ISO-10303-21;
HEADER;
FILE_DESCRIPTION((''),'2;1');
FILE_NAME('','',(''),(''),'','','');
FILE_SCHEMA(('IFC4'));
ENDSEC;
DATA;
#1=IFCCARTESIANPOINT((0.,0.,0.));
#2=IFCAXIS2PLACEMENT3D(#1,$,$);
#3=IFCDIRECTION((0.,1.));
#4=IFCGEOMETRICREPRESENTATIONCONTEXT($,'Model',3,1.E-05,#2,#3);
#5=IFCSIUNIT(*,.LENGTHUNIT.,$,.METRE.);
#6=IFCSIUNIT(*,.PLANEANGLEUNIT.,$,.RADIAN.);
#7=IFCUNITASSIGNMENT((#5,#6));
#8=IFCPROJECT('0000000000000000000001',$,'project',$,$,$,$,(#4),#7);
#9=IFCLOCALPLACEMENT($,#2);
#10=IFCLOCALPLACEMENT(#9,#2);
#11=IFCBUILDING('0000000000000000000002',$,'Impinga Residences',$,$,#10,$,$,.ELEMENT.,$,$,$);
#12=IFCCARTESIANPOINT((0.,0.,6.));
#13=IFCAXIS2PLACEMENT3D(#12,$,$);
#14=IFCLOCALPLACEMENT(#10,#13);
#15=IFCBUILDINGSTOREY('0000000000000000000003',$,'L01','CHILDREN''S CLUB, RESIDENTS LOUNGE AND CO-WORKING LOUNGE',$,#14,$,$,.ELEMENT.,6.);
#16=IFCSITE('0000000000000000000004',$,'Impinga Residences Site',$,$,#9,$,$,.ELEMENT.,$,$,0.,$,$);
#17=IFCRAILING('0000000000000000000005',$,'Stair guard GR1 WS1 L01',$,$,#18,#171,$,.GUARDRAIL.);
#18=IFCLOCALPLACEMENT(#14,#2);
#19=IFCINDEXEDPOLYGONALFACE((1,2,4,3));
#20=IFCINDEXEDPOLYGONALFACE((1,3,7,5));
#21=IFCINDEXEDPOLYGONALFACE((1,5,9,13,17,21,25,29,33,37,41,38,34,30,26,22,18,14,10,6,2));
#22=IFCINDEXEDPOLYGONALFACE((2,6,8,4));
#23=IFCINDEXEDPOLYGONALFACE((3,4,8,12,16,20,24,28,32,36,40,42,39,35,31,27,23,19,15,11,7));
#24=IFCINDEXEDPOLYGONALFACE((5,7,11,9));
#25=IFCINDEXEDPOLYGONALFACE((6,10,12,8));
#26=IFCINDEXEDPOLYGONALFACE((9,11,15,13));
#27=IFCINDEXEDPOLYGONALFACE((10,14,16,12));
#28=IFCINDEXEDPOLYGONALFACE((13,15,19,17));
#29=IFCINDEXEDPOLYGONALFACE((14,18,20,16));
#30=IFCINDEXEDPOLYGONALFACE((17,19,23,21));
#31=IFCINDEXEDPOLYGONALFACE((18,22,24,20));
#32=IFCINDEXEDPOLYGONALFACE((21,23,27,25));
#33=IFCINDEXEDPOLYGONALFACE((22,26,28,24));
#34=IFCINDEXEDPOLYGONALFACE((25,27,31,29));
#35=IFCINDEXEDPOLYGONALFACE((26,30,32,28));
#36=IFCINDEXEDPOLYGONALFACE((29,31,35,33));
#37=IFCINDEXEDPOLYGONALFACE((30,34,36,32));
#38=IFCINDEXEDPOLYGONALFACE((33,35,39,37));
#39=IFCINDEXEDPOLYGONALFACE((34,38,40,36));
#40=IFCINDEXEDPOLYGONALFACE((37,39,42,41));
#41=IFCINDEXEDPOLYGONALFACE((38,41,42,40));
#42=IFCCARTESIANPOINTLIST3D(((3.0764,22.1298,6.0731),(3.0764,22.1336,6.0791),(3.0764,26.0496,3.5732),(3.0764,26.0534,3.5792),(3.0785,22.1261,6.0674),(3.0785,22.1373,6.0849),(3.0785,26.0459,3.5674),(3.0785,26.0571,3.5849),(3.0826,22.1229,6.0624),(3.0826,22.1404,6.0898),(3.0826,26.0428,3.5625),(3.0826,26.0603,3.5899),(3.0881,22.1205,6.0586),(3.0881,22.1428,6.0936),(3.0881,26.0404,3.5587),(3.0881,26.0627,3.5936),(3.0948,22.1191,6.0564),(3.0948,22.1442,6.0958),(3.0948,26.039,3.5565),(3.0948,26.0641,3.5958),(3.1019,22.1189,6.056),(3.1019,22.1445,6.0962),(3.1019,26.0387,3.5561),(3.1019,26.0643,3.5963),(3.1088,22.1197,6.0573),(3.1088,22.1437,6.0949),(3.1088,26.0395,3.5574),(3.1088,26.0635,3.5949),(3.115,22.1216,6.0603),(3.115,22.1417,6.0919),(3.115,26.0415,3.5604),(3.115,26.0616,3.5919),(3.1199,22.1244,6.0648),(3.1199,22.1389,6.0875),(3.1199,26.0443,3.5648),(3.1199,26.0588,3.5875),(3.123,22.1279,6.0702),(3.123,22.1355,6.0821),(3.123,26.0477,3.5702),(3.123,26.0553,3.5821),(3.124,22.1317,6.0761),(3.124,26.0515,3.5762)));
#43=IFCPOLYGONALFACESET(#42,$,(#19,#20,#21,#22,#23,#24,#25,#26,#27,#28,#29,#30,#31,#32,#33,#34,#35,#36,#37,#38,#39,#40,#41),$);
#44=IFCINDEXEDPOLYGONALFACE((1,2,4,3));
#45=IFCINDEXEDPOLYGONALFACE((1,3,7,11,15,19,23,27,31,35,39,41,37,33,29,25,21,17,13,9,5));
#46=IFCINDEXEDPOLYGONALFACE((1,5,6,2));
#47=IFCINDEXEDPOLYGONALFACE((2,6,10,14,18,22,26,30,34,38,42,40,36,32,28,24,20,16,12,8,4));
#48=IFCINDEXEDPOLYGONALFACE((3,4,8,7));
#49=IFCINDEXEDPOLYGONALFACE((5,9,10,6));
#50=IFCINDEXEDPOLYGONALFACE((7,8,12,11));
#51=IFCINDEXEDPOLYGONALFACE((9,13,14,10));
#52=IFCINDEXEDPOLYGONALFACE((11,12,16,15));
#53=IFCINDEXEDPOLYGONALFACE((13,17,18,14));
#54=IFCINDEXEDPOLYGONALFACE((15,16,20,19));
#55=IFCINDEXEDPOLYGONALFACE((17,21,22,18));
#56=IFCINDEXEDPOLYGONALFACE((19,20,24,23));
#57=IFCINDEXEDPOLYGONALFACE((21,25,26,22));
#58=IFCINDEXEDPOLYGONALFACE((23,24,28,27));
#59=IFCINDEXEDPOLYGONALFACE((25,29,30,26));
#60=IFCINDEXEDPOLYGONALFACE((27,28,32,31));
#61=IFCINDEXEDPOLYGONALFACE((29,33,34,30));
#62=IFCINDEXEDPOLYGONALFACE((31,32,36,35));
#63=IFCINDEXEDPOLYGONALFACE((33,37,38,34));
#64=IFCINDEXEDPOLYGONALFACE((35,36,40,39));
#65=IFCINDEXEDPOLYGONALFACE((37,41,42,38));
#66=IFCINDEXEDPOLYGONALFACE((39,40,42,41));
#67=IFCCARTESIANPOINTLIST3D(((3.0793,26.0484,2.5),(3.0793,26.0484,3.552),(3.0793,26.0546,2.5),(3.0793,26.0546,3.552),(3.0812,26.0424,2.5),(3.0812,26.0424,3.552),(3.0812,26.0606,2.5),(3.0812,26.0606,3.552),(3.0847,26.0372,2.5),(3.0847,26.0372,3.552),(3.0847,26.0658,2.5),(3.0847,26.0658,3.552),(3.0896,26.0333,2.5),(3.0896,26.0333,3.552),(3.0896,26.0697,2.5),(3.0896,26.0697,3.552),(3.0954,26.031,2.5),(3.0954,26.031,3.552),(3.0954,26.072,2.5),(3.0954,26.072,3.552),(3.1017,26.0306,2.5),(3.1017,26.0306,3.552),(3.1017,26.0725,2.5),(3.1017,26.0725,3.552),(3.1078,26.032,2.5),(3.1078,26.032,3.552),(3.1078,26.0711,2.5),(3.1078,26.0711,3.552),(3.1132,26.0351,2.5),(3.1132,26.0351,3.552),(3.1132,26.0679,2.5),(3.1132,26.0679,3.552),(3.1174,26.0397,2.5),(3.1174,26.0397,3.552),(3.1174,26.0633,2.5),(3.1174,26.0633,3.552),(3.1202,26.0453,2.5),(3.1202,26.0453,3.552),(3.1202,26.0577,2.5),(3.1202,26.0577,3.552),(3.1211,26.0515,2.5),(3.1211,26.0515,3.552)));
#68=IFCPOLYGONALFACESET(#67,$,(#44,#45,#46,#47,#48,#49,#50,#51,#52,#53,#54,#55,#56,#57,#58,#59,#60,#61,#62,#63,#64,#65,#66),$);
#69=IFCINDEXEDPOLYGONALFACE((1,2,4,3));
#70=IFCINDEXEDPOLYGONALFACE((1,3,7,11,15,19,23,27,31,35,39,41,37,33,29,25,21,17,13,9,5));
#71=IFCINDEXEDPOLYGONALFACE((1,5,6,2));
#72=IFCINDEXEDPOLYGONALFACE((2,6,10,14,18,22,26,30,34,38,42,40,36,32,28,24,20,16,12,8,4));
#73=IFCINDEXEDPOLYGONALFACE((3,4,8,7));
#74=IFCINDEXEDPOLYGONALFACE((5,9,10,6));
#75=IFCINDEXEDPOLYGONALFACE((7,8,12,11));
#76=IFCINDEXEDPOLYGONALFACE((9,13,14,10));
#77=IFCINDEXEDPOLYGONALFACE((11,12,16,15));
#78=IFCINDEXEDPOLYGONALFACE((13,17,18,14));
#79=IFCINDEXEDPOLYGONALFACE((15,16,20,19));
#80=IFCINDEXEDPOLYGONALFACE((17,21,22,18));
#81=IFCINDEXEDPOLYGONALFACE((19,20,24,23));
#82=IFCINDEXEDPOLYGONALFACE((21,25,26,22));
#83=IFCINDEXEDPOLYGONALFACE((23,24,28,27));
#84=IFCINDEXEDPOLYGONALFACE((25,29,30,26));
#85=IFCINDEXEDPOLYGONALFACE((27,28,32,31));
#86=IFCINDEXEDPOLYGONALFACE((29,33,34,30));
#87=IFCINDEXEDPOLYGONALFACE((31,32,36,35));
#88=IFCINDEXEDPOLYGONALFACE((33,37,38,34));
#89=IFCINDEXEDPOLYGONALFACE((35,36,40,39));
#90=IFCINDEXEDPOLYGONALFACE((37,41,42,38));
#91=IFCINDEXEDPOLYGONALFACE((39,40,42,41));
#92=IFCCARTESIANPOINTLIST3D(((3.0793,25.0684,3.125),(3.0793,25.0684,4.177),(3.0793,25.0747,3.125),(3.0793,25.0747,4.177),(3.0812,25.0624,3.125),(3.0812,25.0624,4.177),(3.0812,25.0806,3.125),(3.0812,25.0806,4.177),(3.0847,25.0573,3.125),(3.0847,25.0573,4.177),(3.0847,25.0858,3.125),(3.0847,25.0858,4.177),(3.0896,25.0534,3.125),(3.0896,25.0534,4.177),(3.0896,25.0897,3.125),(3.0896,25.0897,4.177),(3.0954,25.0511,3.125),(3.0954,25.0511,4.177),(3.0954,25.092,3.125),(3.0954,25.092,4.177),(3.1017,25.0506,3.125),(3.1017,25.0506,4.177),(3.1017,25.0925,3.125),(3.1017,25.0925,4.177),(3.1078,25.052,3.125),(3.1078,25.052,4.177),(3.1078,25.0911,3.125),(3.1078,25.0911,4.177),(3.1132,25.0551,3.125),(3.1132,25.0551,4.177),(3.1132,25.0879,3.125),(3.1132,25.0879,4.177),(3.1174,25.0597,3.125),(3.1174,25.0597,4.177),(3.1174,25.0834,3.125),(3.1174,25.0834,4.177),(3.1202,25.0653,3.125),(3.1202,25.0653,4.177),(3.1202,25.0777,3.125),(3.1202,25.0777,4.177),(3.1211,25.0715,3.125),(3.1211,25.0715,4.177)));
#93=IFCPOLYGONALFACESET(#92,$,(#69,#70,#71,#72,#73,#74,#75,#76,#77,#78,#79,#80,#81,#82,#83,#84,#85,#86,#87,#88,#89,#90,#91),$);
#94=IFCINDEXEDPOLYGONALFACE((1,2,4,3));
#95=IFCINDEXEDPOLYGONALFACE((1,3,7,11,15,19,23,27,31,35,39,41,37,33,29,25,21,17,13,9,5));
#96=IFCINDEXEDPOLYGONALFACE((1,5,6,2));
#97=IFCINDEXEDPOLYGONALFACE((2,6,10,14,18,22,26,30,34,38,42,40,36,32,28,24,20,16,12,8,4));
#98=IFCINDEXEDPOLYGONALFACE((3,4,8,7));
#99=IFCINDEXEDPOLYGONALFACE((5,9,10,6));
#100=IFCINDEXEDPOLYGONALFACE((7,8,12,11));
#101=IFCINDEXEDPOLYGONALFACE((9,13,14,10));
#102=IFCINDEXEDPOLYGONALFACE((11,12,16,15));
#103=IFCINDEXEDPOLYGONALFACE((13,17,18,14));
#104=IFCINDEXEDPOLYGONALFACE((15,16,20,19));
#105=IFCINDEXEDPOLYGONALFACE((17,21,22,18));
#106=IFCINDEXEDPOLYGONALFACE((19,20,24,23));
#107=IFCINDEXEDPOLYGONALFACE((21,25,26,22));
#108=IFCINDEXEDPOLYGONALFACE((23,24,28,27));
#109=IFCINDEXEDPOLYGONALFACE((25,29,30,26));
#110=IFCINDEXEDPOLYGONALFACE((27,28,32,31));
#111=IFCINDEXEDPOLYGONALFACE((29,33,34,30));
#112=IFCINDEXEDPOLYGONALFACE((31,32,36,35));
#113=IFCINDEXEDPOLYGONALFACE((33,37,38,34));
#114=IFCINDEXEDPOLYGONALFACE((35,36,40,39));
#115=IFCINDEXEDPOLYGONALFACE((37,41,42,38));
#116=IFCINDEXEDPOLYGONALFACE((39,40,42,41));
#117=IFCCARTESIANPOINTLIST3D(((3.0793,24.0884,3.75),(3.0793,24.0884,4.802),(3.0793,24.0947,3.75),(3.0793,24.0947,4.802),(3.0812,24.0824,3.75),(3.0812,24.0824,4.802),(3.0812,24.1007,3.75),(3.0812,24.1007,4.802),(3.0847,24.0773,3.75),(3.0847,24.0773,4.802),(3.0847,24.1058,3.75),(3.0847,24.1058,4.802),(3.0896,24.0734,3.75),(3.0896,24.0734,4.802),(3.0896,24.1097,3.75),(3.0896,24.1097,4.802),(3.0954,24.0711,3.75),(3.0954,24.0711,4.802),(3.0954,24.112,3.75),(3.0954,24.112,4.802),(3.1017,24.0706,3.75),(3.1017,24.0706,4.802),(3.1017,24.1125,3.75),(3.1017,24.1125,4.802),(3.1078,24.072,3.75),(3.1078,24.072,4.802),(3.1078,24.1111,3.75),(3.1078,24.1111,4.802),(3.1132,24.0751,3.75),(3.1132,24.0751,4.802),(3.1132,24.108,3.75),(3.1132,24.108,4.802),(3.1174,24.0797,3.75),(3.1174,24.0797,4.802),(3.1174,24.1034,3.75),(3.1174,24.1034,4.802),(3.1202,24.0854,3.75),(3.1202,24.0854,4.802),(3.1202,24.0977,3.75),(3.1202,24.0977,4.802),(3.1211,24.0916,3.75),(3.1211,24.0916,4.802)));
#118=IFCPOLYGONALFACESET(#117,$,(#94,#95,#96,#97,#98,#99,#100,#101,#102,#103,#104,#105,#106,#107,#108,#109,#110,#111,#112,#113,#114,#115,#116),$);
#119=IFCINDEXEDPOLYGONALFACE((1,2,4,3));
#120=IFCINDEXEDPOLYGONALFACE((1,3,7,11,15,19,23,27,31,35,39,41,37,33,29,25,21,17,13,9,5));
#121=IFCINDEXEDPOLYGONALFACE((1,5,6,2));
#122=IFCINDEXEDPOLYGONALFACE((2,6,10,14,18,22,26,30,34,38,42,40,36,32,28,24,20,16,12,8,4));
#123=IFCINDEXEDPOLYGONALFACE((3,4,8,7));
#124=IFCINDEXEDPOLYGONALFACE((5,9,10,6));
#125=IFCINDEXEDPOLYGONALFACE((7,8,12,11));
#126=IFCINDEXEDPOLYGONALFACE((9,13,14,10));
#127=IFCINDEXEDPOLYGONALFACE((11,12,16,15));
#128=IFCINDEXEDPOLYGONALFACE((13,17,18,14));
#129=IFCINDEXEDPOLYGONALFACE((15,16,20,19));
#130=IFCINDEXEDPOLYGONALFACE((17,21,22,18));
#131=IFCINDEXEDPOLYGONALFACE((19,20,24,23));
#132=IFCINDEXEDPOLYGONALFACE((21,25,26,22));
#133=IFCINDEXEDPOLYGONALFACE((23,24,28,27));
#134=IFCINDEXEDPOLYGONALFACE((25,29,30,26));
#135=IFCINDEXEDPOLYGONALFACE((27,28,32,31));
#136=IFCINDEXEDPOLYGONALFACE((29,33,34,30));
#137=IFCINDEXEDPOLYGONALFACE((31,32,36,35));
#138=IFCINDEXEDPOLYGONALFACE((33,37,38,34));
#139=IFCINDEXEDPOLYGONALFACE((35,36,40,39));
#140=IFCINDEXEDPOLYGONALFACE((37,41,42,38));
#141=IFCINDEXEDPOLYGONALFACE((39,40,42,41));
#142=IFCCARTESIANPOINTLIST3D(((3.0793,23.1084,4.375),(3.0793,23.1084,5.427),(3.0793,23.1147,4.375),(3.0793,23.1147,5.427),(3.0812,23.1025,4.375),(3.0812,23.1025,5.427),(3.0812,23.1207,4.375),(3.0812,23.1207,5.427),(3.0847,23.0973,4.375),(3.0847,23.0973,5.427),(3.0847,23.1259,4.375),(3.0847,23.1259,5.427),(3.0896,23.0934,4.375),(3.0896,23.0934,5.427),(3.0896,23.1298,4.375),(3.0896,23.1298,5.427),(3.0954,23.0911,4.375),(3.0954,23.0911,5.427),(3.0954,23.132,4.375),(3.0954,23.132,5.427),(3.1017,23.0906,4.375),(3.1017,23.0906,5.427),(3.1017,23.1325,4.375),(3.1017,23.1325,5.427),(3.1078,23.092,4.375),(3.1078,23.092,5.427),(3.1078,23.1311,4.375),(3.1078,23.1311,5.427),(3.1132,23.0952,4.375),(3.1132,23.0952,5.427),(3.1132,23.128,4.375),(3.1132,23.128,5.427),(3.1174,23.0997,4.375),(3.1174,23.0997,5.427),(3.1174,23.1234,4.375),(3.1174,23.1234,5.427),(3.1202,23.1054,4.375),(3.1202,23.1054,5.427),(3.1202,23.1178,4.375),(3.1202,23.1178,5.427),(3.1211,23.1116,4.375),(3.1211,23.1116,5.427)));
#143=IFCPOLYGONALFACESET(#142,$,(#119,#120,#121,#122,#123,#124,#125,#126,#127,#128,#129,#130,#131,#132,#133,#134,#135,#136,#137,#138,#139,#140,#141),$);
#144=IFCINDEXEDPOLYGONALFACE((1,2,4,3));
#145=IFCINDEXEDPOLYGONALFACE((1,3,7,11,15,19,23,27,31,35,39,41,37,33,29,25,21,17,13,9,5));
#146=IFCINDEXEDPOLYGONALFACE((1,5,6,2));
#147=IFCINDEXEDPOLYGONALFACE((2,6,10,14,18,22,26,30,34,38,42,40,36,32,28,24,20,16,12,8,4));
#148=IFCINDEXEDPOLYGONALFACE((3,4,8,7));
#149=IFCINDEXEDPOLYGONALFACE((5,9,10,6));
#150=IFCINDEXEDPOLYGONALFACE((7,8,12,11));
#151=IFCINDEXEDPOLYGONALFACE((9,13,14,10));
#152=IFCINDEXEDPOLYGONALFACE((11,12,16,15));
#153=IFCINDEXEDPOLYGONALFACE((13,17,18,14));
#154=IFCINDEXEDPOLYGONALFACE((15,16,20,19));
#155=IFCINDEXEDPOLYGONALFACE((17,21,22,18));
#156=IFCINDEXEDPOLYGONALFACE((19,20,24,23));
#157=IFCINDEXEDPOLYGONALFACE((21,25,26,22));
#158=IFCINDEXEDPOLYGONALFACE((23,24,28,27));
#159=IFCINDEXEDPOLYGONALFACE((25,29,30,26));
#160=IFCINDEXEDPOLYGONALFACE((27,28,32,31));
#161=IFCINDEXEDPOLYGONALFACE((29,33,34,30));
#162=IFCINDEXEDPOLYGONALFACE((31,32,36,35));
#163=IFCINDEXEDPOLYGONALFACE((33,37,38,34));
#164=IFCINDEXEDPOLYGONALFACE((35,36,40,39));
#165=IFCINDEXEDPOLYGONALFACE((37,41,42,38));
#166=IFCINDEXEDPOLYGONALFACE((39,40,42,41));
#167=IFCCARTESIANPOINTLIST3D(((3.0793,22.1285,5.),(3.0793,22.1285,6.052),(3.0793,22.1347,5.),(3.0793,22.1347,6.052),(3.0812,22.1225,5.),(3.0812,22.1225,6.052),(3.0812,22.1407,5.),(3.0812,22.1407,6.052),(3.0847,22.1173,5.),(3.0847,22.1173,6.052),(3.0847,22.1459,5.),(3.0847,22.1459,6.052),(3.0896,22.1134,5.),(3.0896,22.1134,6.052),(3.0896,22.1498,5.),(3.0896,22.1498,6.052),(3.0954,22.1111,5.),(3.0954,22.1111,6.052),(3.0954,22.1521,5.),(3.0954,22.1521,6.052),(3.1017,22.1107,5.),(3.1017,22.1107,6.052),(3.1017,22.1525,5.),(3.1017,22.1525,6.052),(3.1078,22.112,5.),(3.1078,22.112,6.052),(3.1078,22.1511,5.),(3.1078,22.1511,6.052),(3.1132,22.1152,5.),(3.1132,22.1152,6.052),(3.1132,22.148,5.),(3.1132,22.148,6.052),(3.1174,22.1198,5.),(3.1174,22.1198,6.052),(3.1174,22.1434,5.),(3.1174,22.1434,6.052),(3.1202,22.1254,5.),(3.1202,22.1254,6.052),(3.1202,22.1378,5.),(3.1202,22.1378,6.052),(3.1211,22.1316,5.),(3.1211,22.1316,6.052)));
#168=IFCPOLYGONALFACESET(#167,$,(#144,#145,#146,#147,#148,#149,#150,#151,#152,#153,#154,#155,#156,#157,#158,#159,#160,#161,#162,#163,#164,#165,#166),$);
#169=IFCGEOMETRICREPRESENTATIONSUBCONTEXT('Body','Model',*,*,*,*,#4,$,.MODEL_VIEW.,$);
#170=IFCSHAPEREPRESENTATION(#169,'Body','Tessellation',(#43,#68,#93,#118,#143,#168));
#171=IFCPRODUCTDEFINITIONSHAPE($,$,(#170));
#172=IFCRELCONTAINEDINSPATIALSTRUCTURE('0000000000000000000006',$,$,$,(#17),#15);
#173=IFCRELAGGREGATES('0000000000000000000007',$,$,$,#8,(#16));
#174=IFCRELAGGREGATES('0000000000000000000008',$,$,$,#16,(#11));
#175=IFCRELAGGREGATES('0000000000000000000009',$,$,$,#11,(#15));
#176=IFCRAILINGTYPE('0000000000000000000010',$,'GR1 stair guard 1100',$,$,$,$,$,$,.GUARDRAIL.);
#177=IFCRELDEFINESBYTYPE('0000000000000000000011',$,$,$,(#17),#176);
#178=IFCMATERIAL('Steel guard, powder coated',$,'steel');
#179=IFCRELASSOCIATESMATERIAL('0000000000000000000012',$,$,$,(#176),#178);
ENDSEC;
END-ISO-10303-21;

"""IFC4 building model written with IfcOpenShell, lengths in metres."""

from ifc_helpers import new_model, si_unit, direction, frame, origin, origin_2d, place, context, subcontext, project, spatial, circle, extrude, material, type_object, element, save


model = new_model("IFC4")

# Units and contexts
model_context = context("Model", 3, precision=1e-05, world=origin(), true_north=direction((0.0, 1.0)))
body_context = subcontext(model_context, "Body", "Model", "MODEL_VIEW")
ifc_project = project(units=[si_unit("LENGTHUNIT", "METRE"), si_unit("PLANEANGLEUNIT", "RADIAN")], contexts=[model_context])

# Site, building, storey
site_placement = place(None, origin())
site = spatial("IfcSite", under=ifc_project, at=site_placement, Name="Impinga Residences Site", CompositionType="ELEMENT", RefElevation=0.0)
building_placement = place(site_placement, origin())
building = spatial("IfcBuilding", under=site, at=building_placement, Name="Impinga Residences", CompositionType="ELEMENT")
storey_placement = place(building_placement, frame((0.0, 0.0, 6.0)))
storey = spatial("IfcBuildingStorey", under=building, at=storey_placement, Name="L01", Description="CHILDREN'S CLUB, RESIDENTS LOUNGE AND CO-WORKING LOUNGE", CompositionType="ELEMENT", Elevation=6.0)

# Railing
ifc_material_1 = material(Name="Steel guard, powder coated", Category="steel")
railing_type_1 = type_object("IfcRailingType", Name="GR1 stair guard 1100", PredefinedType="GUARDRAIL", material=ifc_material_1)
railing_1_placement = place(storey_placement, frame((3.1001, 26.0515, 2.5)))
element("IfcRailing", 1, at=railing_1_placement, inside=storey, type_object=railing_type_1, Name="Stair guard GR1 WS1 L01", PredefinedType="GUARDRAIL", context=body_context, shape_type="SweptSolid", body=[
    extrude(circle(Radius=0.0239, at=origin_2d()), frame((0.0, 0.0, 1.0762), z_axis=(0.0, -0.843125, 0.537718), x_axis=(1.0, 0.0, 0.0)), (0.0, 0.0, 1.0), 4.6492),
    extrude(circle(Radius=0.021, at=origin_2d()), origin(), (0.0, 0.0, 1.0), 1.052),
    extrude(circle(Radius=0.021, at=origin_2d()), frame((0.0, -0.98, 0.625)), (0.0, 0.0, 1.0), 1.052),
    extrude(circle(Radius=0.021, at=origin_2d()), frame((0.0, -1.96, 1.25)), (0.0, 0.0, 1.0), 1.052),
    extrude(circle(Radius=0.021, at=origin_2d()), frame((0.0, -2.9399, 1.875)), (0.0, 0.0, 1.0), 1.052),
    extrude(circle(Radius=0.021, at=origin_2d()), frame((0.0, -3.9199, 2.5)), (0.0, 0.0, 1.0), 1.052),
])

save(model, "model.ifc")
